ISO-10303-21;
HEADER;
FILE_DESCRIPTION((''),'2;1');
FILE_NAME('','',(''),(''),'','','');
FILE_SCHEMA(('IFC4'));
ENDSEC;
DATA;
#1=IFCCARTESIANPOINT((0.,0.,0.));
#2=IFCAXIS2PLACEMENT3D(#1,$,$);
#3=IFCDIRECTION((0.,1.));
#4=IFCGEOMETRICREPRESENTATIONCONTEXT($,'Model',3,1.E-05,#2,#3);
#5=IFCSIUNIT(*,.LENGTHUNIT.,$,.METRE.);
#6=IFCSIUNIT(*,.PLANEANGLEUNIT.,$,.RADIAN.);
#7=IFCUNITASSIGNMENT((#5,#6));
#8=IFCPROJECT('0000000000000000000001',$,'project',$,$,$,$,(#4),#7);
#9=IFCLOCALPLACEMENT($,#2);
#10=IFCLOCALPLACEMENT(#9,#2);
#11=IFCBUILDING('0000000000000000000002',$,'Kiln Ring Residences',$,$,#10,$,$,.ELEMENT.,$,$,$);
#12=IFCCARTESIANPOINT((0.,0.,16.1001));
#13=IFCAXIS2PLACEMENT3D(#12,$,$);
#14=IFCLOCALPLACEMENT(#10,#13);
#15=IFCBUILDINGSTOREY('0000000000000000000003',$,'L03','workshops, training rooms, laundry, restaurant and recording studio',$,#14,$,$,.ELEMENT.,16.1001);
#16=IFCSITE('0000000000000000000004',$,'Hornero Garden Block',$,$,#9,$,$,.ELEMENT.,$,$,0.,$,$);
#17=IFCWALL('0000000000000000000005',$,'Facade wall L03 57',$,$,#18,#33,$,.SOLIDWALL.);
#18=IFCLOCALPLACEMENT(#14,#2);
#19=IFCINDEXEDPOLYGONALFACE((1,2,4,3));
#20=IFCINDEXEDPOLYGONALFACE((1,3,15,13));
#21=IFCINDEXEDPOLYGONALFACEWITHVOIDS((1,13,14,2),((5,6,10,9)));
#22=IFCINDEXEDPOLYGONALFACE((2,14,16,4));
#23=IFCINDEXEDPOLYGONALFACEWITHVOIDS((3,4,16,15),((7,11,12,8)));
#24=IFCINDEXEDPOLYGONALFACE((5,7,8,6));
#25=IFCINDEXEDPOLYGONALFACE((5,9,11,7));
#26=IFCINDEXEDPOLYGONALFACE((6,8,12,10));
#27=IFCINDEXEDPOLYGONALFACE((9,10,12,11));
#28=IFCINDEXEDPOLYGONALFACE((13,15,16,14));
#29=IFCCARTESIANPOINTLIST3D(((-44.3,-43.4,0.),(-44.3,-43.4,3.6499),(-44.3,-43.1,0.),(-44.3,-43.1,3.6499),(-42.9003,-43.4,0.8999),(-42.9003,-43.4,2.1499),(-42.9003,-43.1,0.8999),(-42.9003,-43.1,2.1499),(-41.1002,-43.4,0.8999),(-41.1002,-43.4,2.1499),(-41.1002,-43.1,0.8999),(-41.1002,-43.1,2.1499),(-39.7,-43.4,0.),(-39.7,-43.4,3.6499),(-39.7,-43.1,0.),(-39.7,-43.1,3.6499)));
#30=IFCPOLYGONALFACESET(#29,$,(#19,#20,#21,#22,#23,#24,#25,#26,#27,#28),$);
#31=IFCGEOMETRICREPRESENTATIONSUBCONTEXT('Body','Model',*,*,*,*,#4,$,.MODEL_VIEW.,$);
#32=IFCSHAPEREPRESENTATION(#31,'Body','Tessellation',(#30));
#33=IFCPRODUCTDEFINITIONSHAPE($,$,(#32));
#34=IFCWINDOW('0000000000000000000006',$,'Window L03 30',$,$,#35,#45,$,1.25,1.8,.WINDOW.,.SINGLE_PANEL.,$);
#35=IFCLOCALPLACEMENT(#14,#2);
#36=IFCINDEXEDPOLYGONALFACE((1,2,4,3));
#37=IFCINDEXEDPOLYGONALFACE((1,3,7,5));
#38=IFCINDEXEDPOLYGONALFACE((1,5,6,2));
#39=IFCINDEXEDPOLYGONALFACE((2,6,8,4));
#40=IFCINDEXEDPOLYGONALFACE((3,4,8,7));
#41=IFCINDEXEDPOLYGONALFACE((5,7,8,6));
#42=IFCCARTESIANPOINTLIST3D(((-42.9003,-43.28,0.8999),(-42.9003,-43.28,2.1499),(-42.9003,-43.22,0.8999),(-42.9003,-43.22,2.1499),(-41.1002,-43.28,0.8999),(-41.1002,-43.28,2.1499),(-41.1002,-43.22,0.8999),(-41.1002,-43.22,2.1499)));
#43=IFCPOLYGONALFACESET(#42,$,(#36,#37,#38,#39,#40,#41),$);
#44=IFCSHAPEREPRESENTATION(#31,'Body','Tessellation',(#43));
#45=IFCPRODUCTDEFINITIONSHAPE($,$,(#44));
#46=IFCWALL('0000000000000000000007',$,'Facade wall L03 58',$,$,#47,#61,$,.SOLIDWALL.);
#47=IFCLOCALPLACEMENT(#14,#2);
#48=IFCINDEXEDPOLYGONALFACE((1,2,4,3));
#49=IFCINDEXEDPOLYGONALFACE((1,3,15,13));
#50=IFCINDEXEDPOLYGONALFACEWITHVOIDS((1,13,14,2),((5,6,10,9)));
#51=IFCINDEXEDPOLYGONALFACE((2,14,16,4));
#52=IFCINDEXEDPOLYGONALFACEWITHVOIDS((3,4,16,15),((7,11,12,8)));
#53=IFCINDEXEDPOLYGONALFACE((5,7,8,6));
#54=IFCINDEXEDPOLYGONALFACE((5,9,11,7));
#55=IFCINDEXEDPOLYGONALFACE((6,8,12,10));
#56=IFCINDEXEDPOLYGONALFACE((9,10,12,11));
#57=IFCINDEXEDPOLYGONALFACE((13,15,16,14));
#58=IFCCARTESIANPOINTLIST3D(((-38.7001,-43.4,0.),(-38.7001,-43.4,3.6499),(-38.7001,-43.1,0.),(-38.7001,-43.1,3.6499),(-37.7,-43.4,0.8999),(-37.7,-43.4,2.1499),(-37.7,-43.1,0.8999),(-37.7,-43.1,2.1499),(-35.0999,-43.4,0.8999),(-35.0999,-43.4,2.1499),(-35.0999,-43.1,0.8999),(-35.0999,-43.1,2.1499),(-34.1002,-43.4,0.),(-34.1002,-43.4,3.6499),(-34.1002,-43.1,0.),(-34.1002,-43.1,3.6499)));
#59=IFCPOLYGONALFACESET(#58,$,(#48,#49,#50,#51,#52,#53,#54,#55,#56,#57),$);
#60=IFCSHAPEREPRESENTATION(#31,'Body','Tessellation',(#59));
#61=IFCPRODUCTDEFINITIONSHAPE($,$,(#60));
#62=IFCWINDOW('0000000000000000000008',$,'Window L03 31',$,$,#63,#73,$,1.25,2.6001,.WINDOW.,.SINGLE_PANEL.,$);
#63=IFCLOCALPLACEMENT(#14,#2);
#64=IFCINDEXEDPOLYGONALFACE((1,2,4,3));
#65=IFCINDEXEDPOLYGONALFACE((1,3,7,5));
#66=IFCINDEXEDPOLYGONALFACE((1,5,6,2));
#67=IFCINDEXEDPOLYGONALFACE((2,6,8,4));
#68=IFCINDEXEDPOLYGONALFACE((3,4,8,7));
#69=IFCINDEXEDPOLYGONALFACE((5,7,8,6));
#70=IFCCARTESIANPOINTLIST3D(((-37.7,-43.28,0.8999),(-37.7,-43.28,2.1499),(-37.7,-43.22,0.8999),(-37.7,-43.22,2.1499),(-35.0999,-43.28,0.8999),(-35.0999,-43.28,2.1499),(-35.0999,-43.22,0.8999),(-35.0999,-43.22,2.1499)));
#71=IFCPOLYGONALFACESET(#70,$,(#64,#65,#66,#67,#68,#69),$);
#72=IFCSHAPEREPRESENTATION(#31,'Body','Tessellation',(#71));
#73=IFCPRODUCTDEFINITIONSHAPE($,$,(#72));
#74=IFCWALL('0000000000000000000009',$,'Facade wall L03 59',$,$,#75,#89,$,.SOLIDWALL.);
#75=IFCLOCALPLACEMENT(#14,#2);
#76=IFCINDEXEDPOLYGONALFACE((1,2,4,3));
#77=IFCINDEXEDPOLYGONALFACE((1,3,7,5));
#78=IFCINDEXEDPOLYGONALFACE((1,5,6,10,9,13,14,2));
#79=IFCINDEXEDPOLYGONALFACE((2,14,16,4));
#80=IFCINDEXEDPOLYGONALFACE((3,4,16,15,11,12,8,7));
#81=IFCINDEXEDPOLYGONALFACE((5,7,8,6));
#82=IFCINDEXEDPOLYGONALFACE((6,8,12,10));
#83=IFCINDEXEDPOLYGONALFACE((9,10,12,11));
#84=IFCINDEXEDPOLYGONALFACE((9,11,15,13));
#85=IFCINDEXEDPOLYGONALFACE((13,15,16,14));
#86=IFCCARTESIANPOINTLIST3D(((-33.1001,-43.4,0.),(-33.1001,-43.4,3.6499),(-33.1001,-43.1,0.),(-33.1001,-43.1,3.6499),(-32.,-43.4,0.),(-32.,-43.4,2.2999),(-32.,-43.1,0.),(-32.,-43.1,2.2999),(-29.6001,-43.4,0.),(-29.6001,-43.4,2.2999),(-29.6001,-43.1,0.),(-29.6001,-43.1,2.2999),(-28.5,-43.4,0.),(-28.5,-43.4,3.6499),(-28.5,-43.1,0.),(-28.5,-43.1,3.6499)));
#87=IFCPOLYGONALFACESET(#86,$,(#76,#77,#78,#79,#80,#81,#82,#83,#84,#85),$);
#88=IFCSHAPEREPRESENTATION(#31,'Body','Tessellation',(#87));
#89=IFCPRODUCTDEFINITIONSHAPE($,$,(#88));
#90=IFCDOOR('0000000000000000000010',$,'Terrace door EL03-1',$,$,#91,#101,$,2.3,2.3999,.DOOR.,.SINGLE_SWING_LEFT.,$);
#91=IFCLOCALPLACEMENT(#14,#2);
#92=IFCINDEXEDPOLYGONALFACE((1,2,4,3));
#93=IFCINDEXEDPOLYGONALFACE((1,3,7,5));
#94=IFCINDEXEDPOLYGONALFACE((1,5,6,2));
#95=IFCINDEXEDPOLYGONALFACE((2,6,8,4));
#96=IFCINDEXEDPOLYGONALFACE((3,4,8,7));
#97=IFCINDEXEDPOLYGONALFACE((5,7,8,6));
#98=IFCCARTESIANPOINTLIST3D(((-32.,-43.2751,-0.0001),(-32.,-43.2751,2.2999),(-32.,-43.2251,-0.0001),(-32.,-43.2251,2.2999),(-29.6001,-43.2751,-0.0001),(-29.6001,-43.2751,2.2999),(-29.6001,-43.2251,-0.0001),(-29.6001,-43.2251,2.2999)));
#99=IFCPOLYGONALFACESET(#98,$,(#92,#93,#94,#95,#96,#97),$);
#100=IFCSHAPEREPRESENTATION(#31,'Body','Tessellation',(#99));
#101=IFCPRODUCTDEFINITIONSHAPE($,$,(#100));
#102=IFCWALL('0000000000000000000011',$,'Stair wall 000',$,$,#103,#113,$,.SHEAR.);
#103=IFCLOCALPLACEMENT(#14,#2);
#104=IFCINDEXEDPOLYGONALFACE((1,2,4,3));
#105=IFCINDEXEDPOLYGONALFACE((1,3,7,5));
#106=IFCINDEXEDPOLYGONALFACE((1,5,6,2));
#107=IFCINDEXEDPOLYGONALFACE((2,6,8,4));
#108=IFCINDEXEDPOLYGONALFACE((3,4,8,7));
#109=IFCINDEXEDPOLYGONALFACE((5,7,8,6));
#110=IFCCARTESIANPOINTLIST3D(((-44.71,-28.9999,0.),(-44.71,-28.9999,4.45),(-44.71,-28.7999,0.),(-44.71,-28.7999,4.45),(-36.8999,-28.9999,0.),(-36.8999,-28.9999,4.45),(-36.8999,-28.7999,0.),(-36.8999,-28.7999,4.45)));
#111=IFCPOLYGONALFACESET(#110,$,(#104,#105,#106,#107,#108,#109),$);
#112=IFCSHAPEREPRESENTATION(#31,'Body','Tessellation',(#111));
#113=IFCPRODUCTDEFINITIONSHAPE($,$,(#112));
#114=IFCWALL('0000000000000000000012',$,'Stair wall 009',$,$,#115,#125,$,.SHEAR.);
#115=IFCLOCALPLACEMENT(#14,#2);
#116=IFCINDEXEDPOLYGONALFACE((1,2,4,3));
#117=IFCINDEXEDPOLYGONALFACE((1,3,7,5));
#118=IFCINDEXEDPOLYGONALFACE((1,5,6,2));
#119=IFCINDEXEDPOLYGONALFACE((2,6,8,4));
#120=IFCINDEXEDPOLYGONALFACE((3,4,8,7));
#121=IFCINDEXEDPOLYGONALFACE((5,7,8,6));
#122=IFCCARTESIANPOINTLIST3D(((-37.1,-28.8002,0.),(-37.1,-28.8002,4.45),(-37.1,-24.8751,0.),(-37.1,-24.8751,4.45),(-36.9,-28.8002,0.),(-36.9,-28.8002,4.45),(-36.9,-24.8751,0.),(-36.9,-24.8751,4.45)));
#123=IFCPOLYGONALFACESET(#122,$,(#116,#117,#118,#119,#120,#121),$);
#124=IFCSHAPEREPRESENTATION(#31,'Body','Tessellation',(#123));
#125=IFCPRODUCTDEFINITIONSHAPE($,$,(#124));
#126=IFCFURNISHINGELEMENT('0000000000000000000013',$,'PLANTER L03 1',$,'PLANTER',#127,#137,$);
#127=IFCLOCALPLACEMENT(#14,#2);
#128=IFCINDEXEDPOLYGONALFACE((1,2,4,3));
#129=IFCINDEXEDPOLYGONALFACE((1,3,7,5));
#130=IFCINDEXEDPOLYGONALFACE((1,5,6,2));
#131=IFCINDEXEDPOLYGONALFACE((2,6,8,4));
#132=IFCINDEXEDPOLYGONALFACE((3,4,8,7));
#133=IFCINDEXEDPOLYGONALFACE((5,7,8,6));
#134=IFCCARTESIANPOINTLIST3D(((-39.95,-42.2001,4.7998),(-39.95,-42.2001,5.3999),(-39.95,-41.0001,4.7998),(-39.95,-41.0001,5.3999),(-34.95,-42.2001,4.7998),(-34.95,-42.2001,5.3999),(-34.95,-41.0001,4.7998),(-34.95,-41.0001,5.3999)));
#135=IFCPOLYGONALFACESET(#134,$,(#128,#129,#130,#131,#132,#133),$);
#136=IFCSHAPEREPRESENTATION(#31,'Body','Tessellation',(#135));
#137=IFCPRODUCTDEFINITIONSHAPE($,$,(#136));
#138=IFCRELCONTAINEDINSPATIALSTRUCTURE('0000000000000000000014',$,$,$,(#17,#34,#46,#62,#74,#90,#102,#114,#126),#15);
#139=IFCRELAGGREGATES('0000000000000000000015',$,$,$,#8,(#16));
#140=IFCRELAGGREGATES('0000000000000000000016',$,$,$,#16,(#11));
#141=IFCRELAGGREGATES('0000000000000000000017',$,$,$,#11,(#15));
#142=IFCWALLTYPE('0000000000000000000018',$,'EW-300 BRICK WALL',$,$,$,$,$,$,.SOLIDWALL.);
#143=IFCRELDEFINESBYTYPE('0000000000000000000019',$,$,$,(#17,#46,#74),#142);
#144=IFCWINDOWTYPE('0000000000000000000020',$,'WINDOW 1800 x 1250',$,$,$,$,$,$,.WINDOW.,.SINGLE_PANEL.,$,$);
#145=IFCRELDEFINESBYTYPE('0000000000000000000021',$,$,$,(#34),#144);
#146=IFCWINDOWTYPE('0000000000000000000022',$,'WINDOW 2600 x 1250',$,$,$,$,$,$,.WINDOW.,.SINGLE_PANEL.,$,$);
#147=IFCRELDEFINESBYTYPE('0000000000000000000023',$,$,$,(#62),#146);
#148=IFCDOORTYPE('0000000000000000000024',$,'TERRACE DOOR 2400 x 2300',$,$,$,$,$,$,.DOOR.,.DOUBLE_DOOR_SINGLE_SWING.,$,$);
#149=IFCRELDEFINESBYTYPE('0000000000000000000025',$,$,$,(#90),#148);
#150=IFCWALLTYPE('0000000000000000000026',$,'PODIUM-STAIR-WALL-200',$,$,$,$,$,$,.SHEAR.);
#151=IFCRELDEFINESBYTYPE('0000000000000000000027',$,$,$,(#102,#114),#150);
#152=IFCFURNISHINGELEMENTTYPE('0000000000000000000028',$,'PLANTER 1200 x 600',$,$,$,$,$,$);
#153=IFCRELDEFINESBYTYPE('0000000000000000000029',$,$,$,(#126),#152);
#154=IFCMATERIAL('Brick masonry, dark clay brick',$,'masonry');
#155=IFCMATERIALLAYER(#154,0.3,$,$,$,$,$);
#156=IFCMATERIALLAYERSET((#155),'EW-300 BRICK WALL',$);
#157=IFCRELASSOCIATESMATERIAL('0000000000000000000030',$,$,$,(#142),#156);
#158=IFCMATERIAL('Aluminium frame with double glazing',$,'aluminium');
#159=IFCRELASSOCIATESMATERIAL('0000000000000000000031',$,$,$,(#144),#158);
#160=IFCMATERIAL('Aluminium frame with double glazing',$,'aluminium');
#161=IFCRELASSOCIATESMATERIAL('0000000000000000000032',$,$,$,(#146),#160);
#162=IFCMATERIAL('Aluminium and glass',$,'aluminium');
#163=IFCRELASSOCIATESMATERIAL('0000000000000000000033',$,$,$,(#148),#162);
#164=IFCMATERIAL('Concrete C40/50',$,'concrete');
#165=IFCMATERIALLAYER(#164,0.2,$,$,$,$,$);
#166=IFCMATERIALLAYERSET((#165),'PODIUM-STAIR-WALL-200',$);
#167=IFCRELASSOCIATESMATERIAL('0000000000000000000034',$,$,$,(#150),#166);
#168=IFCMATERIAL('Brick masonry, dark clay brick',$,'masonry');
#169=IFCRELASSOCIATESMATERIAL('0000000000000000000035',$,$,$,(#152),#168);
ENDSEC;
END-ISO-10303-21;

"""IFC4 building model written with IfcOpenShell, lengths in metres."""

from ifc_helpers import new_model, si_unit, direction, frame, frame_2d, origin, origin_2d, place, context, subcontext, project, spatial, rectangle, extrude, material, layer, layer_set, type_object, element, fill, save


model = new_model("IFC4")

# Units and contexts
model_context = context("Model", 3, precision=1e-05, world=origin(), true_north=direction((0.0, 1.0)))
body_context = subcontext(model_context, "Body", "Model", "MODEL_VIEW")
ifc_project = project(units=[si_unit("LENGTHUNIT", "METRE"), si_unit("PLANEANGLEUNIT", "RADIAN")], contexts=[model_context])

# Site, building, storey
site_placement = place(None, origin())
site = spatial("IfcSite", under=ifc_project, at=site_placement, Name="Hornero Garden Block", CompositionType="ELEMENT", RefElevation=0.0)
building_placement = place(site_placement, origin())
building = spatial("IfcBuilding", under=site, at=building_placement, Name="Kiln Ring Residences", CompositionType="ELEMENT")
storey_placement = place(building_placement, frame((0.0, 0.0, 16.1001)))
storey = spatial("IfcBuildingStorey", under=building, at=storey_placement, Name="L03", Description="workshops, training rooms, laundry, restaurant and recording studio", CompositionType="ELEMENT", Elevation=16.1001)

# Walls, openings, windows
ifc_material_1 = material(Name="Brick masonry, dark clay brick", Category="masonry")
ifc_layer_1 = layer(ifc_material_1, 0.3)
ifc_layer_set_1 = layer_set([ifc_layer_1], Name="EW-300 BRICK WALL")
wall_type_1 = type_object("IfcWallType", Name="EW-300 BRICK WALL", PredefinedType="SOLIDWALL", material=ifc_layer_set_1)
ifc_material_2 = material(Name="Aluminium frame with double glazing", Category="aluminium")
window_type_1 = type_object("IfcWindowType", Name="WINDOW 1800 x 1250", PartitioningType="SINGLE_PANEL", PredefinedType="WINDOW", material=ifc_material_2)
wall_1_placement = place(storey_placement, frame((-44.3, -43.25, 0.0), z_axis=(0.0, 0.0, 1.0), x_axis=(1.0, 0.0, 0.0)))
wall_1 = element("IfcWall", 1, at=wall_1_placement, inside=storey, type_object=wall_type_1, Name="Facade wall L03 57", PredefinedType="SOLIDWALL", context=body_context, shape_type="SweptSolid", body=[
    extrude(rectangle(XDim=4.6001, YDim=0.3, at=frame_2d((2.3, 0.0))), origin(), (0.0, 0.0, 1.0), 3.6499),
])
opening_1_placement = place(wall_1_placement, frame((1.3999, 0.0, 0.8999)))
opening_1 = element("IfcOpeningElement", 2, at=opening_1_placement, cuts=wall_1, PredefinedType="OPENING", context=body_context, shape_type="SweptSolid", body=[
    extrude(rectangle(XDim=1.8, YDim=1.25, at=frame_2d((0.8999, 0.625))), frame((0.0, 0.1599, 0.0), z_axis=(0.0, -1.0, 0.0), x_axis=(1.0, 0.0, 0.0)), (0.0, 0.0, 1.0), 0.3201),
])
window_1_placement = place(opening_1_placement, origin())
window_1 = element("IfcWindow", 3, at=window_1_placement, inside=storey, type_object=window_type_1, Name="Window L03 30", OverallHeight=1.25, OverallWidth=1.8, PartitioningType="SINGLE_PANEL", PredefinedType="WINDOW", context=body_context, shape_type="SweptSolid", body=[
    extrude(rectangle(XDim=1.8, YDim=1.25, at=frame_2d((0.8999, 0.625))), frame((0.0, 0.03, 0.0), z_axis=(0.0, -1.0, 0.0), x_axis=(1.0, 0.0, 0.0)), (0.0, 0.0, 1.0), 0.0601),
])
fill(opening_1, window_1)
wall_2_placement = place(storey_placement, frame((-38.7, -43.25, 0.0), z_axis=(0.0, 0.0, 1.0), x_axis=(1.0, 0.0, 0.0)))
wall_2 = element("IfcWall", 4, at=wall_2_placement, inside=storey, type_object=wall_type_1, Name="Facade wall L03 58", PredefinedType="SOLIDWALL", context=body_context, shape_type="SweptSolid", body=[
    extrude(rectangle(XDim=4.5999, YDim=0.3, at=frame_2d((2.2998, 0.0))), origin(), (0.0, 0.0, 1.0), 3.6499),
])
opening_2_placement = place(wall_2_placement, frame((1.0, 0.0, 0.8999)))
opening_2 = element("IfcOpeningElement", 5, at=opening_2_placement, cuts=wall_2, PredefinedType="OPENING", context=body_context, shape_type="SweptSolid", body=[
    extrude(rectangle(XDim=2.6001, YDim=1.25, at=frame_2d((1.3, 0.625))), frame((0.0, 0.1599, 0.0), z_axis=(0.0, -1.0, 0.0), x_axis=(1.0, 0.0, 0.0)), (0.0, 0.0, 1.0), 0.3201),
])
ifc_material_3 = material(Name="Aluminium frame with double glazing", Category="aluminium")
window_type_2 = type_object("IfcWindowType", Name="WINDOW 2600 x 1250", PartitioningType="SINGLE_PANEL", PredefinedType="WINDOW", material=ifc_material_3)
window_2_placement = place(opening_2_placement, origin())
window_2 = element("IfcWindow", 6, at=window_2_placement, inside=storey, type_object=window_type_2, Name="Window L03 31", OverallHeight=1.25, OverallWidth=2.6001, PartitioningType="SINGLE_PANEL", PredefinedType="WINDOW", context=body_context, shape_type="SweptSolid", body=[
    extrude(rectangle(XDim=2.6001, YDim=1.25, at=frame_2d((1.3, 0.625))), frame((0.0, 0.03, 0.0), z_axis=(0.0, -1.0, 0.0), x_axis=(1.0, 0.0, 0.0)), (0.0, 0.0, 1.0), 0.0601),
])
fill(opening_2, window_2)

# Wall, opening, door
wall_3_placement = place(storey_placement, frame((-33.1001, -43.25, 0.0), z_axis=(0.0, 0.0, 1.0), x_axis=(1.0, 0.0, 0.0)))
wall_3 = element("IfcWall", 7, at=wall_3_placement, inside=storey, type_object=wall_type_1, Name="Facade wall L03 59", PredefinedType="SOLIDWALL", context=body_context, shape_type="SweptSolid", body=[
    extrude(rectangle(XDim=4.6001, YDim=0.3, at=frame_2d((2.3, 0.0))), origin(), (0.0, 0.0, 1.0), 3.6499),
])
opening_3_placement = place(wall_3_placement, frame((1.1001, 0.0, 0.0)))
opening_3 = element("IfcOpeningElement", 8, at=opening_3_placement, cuts=wall_3, PredefinedType="OPENING", context=body_context, shape_type="SweptSolid", body=[
    extrude(rectangle(XDim=2.3999, YDim=2.3, at=frame_2d((1.2, 1.1499))), frame((0.0, 0.1599, 0.0), z_axis=(0.0, -1.0, 0.0), x_axis=(1.0, 0.0, 0.0)), (0.0, 0.0, 1.0), 0.3201),
])
ifc_material_4 = material(Name="Aluminium and glass", Category="aluminium")
door_type = type_object("IfcDoorType", Name="TERRACE DOOR 2400 x 2300", OperationType="DOUBLE_DOOR_SINGLE_SWING", PredefinedType="DOOR", material=ifc_material_4)
door_placement = place(opening_3_placement, origin())
door = element("IfcDoor", 9, at=door_placement, inside=storey, type_object=door_type, Name="Terrace door EL03-1", OperationType="SINGLE_SWING_LEFT", OverallHeight=2.3, OverallWidth=2.3999, PredefinedType="DOOR", context=body_context, shape_type="SweptSolid", body=[
    extrude(rectangle(XDim=2.3999, YDim=2.3, at=frame_2d((1.2, 1.1499))), frame((0.0, 0.0249, 0.0), z_axis=(0.0, -1.0, 0.0), x_axis=(1.0, 0.0, 0.0)), (0.0, 0.0, 1.0), 0.05),
])
fill(opening_3, door)

# Walls
ifc_material_5 = material(Name="Concrete C40/50", Category="concrete")
ifc_layer_2 = layer(ifc_material_5, 0.2)
ifc_layer_set_2 = layer_set([ifc_layer_2], Name="PODIUM-STAIR-WALL-200")
wall_type_2 = type_object("IfcWallType", Name="PODIUM-STAIR-WALL-200", PredefinedType="SHEAR", material=ifc_layer_set_2)
wall_4_placement = place(storey_placement, frame((-44.71, -28.8999, 0.0), z_axis=(0.0, 0.0, 1.0), x_axis=(1.0, 0.0, 0.0)))
element("IfcWall", 10, at=wall_4_placement, inside=storey, type_object=wall_type_2, Name="Stair wall 000", PredefinedType="SHEAR", context=body_context, shape_type="SweptSolid", body=[
    extrude(rectangle(XDim=7.8101, YDim=0.2, at=frame_2d((3.905, 0.0))), origin(), (0.0, 0.0, 1.0), 4.45),
])
wall_5_placement = place(storey_placement, frame((-37.0, -28.8, 0.0), z_axis=(0.0, 0.0, 1.0), x_axis=(0.0, 1.0, 0.0)))
element("IfcWall", 11, at=wall_5_placement, inside=storey, type_object=wall_type_2, Name="Stair wall 009", PredefinedType="SHEAR", context=body_context, shape_type="SweptSolid", body=[
    extrude(rectangle(XDim=3.925, YDim=0.2, at=frame_2d((1.9624, 0.0))), origin(), (0.0, 0.0, 1.0), 4.45),
])

# Furnishing element
ifc_material_6 = material(Name="Brick masonry, dark clay brick", Category="masonry")
furnishing_element_type = type_object("IfcFurnishingElementType", Name="PLANTER 1200 x 600", material=ifc_material_6)
furnishing_placement = place(storey_placement, frame((-37.45, -41.6001, 4.7998), z_axis=(0.0, 0.0, 1.0), x_axis=(1.0, 0.0, 0.0)))
element("IfcFurnishingElement", 12, at=furnishing_placement, inside=storey, type_object=furnishing_element_type, Name="PLANTER L03 1", ObjectType="PLANTER", context=body_context, shape_type="SweptSolid", body=[
    extrude(rectangle(XDim=5.0, YDim=1.2, at=origin_2d()), origin(), (0.0, 0.0, 1.0), 0.6001),
])

save(model, "model.ifc")
